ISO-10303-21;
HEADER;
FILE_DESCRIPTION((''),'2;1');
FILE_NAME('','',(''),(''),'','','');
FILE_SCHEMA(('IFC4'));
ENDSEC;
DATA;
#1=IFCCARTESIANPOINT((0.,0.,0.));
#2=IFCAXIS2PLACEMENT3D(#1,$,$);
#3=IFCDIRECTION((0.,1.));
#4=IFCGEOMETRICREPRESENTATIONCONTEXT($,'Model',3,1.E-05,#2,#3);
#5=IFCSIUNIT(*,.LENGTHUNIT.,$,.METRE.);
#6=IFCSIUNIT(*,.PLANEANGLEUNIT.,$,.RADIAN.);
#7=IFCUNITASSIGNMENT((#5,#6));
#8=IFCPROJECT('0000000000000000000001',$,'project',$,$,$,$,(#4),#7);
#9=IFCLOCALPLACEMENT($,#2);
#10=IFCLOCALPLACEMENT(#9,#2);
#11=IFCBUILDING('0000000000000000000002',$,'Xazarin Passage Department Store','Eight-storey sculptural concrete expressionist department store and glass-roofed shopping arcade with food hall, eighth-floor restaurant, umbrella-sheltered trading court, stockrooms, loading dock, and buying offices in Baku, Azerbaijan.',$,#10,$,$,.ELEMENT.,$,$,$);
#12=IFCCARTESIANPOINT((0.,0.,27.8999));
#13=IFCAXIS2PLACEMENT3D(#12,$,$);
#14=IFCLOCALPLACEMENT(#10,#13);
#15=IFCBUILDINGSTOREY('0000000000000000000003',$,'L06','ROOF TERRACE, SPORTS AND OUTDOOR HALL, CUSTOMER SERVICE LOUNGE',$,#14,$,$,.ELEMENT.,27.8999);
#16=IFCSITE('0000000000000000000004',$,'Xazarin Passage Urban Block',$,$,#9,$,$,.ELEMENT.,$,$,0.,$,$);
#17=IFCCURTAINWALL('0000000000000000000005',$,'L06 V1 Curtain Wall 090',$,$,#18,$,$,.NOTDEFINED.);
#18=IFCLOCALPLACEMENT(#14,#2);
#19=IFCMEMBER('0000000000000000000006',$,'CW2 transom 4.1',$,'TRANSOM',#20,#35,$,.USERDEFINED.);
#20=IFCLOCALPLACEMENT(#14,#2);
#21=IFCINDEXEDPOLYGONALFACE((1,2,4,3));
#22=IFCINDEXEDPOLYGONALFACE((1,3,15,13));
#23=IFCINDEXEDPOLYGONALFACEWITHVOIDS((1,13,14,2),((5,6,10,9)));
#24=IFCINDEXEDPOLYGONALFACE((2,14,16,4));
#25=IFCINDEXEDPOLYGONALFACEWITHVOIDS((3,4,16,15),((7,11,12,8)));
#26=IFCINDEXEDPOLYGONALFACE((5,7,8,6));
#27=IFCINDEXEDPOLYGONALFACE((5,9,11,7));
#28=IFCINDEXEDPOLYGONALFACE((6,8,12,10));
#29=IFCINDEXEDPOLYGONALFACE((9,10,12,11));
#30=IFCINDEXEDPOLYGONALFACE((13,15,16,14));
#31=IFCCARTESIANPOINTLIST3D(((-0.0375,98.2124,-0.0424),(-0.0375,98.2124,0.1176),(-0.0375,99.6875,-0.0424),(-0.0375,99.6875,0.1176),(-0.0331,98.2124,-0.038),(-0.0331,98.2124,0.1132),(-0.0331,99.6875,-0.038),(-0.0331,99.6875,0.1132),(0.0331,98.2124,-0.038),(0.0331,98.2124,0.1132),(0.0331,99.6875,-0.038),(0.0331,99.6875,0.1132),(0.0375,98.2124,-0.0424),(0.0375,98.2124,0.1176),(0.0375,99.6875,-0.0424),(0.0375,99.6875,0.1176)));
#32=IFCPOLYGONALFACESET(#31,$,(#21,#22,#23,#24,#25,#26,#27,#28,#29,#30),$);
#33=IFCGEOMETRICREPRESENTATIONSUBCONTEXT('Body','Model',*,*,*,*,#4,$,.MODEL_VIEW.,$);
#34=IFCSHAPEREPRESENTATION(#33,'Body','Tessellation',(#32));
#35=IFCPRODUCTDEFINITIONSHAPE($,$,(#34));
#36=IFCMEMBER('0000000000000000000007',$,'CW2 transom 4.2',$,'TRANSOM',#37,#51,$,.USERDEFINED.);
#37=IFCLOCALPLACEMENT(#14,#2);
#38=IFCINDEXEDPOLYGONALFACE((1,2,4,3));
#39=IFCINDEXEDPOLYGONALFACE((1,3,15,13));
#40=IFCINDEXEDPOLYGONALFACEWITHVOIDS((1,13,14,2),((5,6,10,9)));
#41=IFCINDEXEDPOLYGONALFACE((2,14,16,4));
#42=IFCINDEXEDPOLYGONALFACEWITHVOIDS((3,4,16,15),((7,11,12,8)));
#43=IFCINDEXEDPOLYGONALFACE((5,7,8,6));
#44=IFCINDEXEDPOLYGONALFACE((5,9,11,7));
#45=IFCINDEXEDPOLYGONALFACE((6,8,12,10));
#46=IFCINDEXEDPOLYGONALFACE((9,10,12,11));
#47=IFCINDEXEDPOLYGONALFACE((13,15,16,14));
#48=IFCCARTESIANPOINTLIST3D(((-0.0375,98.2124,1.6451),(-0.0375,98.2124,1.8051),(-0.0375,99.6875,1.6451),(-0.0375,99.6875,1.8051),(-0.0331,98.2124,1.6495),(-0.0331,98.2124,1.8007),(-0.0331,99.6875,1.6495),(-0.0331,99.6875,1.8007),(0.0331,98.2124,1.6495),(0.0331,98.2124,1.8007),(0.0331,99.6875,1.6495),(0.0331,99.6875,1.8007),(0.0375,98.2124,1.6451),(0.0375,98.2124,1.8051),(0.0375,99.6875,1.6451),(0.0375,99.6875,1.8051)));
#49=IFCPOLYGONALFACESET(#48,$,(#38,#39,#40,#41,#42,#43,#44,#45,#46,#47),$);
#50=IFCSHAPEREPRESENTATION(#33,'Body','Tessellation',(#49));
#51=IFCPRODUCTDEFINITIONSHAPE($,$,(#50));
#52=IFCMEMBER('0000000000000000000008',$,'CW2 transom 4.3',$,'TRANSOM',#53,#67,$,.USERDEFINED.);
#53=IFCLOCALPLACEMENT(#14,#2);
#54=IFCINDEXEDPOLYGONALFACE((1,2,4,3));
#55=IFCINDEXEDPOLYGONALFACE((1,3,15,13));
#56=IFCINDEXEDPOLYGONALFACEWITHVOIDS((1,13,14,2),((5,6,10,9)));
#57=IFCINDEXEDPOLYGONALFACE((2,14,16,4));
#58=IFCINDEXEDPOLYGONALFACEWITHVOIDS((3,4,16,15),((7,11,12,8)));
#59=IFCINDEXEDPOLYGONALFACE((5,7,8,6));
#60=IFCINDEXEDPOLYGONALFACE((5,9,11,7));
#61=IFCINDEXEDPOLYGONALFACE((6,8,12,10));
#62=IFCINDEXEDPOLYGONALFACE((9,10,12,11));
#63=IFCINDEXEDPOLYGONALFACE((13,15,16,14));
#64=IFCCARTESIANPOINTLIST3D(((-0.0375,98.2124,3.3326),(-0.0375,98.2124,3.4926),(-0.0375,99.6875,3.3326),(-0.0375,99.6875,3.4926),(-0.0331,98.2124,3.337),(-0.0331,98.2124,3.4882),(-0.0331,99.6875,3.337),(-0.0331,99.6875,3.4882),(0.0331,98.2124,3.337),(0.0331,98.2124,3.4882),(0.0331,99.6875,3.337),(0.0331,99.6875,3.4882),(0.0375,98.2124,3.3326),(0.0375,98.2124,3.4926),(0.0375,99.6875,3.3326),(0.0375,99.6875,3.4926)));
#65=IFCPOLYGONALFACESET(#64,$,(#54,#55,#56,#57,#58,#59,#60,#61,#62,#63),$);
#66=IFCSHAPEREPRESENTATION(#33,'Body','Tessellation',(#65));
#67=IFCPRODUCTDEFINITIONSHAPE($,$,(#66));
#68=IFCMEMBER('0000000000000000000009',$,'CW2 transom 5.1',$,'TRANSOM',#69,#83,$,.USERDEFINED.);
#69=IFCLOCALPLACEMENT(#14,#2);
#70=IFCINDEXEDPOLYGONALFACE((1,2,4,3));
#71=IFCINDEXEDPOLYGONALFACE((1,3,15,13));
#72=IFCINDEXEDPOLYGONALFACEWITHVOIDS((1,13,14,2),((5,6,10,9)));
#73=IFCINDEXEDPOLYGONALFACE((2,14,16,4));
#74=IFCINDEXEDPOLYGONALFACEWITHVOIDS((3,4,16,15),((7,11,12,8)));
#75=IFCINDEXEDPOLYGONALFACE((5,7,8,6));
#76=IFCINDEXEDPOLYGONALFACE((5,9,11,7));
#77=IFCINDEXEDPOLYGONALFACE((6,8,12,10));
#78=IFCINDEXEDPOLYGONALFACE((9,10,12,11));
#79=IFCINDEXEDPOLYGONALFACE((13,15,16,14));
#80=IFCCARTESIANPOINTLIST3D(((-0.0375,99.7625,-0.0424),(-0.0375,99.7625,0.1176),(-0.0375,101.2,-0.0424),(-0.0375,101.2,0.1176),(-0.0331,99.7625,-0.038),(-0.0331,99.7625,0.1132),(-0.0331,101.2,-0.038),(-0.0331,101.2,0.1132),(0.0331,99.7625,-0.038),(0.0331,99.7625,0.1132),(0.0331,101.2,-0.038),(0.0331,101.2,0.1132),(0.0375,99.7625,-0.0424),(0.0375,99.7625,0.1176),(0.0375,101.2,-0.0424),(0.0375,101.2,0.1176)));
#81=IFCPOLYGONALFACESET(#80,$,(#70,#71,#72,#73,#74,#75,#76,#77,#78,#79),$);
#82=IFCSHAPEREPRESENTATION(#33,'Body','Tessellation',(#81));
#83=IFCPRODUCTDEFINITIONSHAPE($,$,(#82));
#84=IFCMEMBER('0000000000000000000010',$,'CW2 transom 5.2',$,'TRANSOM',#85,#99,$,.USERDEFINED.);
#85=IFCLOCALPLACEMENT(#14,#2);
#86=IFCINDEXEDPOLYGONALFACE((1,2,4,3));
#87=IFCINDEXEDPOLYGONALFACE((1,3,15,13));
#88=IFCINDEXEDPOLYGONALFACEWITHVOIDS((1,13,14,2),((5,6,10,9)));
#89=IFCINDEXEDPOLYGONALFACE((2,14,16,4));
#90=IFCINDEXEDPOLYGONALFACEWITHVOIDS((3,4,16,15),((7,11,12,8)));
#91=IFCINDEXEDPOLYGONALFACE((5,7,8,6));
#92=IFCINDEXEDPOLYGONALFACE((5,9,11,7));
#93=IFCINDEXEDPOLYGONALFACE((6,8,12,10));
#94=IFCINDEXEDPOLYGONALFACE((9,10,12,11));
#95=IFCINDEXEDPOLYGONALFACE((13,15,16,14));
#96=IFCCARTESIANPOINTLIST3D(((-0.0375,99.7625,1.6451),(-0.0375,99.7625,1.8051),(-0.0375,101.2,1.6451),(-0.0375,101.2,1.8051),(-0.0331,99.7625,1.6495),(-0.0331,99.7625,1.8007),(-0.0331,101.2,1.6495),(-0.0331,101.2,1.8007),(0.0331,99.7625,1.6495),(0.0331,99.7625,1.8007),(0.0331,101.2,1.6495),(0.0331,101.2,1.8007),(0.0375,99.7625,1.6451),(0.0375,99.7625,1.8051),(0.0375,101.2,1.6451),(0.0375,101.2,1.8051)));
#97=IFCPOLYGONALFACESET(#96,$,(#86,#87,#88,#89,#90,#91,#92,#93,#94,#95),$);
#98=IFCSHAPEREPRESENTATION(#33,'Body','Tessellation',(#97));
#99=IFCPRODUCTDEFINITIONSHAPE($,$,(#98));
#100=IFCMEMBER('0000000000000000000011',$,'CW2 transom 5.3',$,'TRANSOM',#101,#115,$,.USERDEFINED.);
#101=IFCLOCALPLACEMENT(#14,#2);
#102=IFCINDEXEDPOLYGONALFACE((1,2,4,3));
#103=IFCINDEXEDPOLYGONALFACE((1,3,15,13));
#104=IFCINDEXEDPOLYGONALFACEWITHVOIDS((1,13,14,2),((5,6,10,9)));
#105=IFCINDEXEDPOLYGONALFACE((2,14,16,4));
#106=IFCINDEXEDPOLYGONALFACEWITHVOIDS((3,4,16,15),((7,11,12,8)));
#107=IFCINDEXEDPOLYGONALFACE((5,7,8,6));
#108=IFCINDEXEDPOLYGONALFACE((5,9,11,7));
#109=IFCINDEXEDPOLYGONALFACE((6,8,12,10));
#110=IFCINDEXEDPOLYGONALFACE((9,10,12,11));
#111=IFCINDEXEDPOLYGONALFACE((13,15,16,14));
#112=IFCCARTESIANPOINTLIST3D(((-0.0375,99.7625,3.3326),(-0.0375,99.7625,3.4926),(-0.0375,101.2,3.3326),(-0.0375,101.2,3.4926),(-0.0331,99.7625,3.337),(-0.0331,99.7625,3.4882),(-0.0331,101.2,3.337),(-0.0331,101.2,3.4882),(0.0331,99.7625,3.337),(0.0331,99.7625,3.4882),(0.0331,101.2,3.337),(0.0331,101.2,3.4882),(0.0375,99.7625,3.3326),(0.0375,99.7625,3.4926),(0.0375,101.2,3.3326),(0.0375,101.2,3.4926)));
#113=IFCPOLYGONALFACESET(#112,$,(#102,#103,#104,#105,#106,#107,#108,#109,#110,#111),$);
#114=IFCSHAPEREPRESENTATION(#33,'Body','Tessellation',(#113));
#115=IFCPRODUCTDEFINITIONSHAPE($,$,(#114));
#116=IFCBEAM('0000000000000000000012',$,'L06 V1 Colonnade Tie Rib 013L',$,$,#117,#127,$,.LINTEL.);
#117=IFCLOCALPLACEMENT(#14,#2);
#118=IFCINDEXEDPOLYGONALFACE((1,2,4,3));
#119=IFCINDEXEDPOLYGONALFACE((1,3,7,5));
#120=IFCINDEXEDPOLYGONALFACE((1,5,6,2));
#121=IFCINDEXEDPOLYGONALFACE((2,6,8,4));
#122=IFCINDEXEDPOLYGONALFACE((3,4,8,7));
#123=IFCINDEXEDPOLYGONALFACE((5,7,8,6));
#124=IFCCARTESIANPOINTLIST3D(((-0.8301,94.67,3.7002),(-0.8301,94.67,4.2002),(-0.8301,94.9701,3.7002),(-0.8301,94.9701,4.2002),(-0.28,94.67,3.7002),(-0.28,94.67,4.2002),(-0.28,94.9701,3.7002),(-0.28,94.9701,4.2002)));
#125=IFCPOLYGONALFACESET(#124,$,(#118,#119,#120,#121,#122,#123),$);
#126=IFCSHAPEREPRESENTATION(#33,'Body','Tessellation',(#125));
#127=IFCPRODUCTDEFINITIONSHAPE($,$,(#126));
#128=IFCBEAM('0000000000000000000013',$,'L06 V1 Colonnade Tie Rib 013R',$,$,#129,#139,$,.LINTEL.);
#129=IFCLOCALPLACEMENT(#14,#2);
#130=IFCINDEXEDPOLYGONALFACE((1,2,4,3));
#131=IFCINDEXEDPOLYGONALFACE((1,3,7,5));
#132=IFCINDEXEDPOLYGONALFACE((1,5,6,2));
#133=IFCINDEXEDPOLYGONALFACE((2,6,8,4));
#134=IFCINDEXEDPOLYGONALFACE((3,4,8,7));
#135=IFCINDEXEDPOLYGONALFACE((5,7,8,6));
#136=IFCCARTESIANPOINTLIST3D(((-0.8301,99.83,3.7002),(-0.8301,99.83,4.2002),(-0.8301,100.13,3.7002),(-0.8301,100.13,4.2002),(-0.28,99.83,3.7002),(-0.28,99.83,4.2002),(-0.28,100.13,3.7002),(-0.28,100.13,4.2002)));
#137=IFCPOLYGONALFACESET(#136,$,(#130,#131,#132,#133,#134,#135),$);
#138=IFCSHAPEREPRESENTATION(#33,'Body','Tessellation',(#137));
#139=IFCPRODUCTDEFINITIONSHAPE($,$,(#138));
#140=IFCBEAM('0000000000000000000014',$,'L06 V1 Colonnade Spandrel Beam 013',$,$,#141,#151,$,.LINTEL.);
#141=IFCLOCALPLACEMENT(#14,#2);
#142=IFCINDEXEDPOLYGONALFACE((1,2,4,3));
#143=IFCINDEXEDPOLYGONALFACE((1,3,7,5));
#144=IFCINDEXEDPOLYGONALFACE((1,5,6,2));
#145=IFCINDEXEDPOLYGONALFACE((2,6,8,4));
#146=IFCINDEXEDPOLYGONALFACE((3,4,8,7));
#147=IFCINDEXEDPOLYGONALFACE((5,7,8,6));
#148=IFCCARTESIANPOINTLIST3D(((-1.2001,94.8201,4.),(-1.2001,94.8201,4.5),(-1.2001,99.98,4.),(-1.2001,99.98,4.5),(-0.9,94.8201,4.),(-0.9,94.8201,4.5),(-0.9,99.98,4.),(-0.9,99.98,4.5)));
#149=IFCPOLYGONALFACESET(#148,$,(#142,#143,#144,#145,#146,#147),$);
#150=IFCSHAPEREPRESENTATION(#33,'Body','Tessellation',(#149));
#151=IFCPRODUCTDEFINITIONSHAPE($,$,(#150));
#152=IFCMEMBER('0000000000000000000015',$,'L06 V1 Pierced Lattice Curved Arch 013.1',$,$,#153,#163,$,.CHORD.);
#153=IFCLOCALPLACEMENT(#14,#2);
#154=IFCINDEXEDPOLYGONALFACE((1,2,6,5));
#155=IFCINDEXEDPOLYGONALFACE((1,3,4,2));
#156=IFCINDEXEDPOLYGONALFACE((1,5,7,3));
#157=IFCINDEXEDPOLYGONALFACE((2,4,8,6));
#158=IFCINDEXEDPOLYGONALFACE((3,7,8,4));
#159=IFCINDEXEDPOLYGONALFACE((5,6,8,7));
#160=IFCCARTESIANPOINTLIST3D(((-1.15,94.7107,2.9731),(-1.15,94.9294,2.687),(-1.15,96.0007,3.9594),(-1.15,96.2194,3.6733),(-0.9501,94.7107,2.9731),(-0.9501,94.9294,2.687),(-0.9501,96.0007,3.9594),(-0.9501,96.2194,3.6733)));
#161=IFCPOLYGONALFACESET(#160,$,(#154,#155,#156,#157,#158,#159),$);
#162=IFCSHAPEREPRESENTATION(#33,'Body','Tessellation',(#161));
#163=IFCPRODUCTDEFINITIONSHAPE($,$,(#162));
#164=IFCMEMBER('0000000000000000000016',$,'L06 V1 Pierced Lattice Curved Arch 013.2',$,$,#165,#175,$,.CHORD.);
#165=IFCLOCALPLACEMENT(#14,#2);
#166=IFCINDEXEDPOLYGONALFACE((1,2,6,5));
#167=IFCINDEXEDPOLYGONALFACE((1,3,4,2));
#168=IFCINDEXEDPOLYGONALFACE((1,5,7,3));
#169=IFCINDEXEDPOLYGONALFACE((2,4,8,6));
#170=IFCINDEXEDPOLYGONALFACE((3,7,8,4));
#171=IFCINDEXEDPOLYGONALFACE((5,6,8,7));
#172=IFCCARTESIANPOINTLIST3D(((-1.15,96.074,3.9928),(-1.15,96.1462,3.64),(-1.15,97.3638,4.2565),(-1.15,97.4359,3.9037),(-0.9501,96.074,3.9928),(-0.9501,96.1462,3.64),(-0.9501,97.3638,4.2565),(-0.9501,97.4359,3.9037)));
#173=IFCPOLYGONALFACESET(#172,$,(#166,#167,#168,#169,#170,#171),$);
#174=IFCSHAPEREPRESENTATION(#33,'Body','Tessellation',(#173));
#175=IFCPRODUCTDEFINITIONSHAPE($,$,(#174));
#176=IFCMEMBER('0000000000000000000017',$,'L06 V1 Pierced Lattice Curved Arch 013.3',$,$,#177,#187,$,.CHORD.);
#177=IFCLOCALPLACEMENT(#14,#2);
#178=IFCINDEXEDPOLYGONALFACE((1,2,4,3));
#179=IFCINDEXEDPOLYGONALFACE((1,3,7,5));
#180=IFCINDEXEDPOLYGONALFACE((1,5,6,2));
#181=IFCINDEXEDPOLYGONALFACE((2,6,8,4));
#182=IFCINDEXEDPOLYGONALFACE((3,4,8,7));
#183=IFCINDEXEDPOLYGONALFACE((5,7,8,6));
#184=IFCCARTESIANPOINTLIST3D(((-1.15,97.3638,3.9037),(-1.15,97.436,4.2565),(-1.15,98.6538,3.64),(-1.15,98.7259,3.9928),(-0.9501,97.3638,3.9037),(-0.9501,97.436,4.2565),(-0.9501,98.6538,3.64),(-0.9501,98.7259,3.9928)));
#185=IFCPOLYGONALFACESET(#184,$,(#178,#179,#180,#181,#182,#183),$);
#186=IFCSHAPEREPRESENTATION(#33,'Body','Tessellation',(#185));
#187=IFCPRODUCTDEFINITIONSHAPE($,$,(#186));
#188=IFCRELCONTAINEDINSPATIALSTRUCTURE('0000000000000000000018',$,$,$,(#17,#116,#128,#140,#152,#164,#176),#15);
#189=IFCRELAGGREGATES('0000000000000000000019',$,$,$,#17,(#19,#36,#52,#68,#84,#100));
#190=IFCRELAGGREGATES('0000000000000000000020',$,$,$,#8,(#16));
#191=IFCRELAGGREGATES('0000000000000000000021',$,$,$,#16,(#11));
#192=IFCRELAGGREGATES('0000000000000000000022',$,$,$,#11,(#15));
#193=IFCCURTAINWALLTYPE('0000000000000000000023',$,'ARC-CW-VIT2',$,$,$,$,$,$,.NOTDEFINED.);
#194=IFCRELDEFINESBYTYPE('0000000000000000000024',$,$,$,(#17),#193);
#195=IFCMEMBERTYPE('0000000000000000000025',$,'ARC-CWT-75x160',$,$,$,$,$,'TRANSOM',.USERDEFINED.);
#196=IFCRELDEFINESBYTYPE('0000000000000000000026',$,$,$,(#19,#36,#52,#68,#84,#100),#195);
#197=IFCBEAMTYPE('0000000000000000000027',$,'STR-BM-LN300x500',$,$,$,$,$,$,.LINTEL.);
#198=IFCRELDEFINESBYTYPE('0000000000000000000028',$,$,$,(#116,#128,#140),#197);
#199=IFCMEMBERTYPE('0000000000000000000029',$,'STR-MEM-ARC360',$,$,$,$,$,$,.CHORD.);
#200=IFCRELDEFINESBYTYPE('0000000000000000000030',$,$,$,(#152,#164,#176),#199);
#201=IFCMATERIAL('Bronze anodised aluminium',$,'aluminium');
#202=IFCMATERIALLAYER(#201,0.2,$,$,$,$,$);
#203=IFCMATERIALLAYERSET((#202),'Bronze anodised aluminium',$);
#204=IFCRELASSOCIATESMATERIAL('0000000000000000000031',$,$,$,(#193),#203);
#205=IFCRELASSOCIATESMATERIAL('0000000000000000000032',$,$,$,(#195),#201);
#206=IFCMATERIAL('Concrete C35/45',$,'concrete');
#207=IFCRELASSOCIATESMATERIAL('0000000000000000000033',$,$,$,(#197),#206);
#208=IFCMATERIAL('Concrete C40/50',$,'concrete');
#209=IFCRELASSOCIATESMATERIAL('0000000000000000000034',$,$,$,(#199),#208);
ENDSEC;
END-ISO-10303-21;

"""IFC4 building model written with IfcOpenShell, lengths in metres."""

from ifc_helpers import new_model, si_unit, direction, frame, origin, origin_2d, place, context, subcontext, project, spatial, rectangle, hollow_rectangle, extrude, material, layer, layer_set, material_profile, profile_set, type_object, element, aggregate, save


model = new_model("IFC4")

# Units and contexts
model_context = context("Model", 3, precision=1e-05, world=origin(), true_north=direction((0.0, 1.0)))
body_context = subcontext(model_context, "Body", "Model", "MODEL_VIEW")
ifc_project = project(units=[si_unit("LENGTHUNIT", "METRE"), si_unit("PLANEANGLEUNIT", "RADIAN")], contexts=[model_context])

# Site, building, storey
site_placement = place(None, origin())
site = spatial("IfcSite", under=ifc_project, at=site_placement, Name="Xazarin Passage Urban Block", CompositionType="ELEMENT", RefElevation=0.0)
building_placement = place(site_placement, origin())
building = spatial("IfcBuilding", under=site, at=building_placement, Name="Xazarin Passage Department Store", Description="Eight-storey sculptural concrete expressionist department store and glass-roofed shopping arcade with food hall, eighth-floor restaurant, umbrella-sheltered trading court, stockrooms, loading dock, and buying offices in Baku, Azerbaijan.", CompositionType="ELEMENT")
storey_placement = place(building_placement, frame((0.0, 0.0, 27.8999)))
storey = spatial("IfcBuildingStorey", under=building, at=storey_placement, Name="L06", Description="ROOF TERRACE, SPORTS AND OUTDOOR HALL, CUSTOMER SERVICE LOUNGE", CompositionType="ELEMENT", Elevation=27.8999)

# Shared definitions
ifc_material_1 = material(Name="Concrete C40/50", Category="concrete")

# Curtain wall, members
ifc_material_2 = material(Name="Bronze anodised aluminium", Category="aluminium")
ifc_layer_1 = layer(ifc_material_2, 0.2)
ifc_layer_set_1 = layer_set([ifc_layer_1], Name="Bronze anodised aluminium")
curtain_wall_type = type_object("IfcCurtainWallType", Name="ARC-CW-VIT2", PredefinedType="NOTDEFINED", material=ifc_layer_set_1)
curtain_wall_placement = place(storey_placement, origin())
curtain_wall = element("IfcCurtainWall", 1, at=curtain_wall_placement, inside=storey, type_object=curtain_wall_type, Name="L06 V1 Curtain Wall 090", PredefinedType="NOTDEFINED")
ifc_material_profile_1 = material_profile(ifc_material_2, hollow_rectangle(XDim=0.075, YDim=0.1599, WallThickness=0.0044, at=origin_2d()), Name="ALU 75x160")
ifc_profile_set_1 = profile_set([ifc_material_profile_1], Name="Bronze anodised aluminium")
member_type_1 = type_object("IfcMemberType", Name="ARC-CWT-75x160", ElementType="TRANSOM", PredefinedType="USERDEFINED", material=ifc_profile_set_1)
member_1_placement = place(storey_placement, frame((0.0, 98.2124, 0.0376), z_axis=(0.0, 1.0, 0.0), x_axis=(-1.0, 0.0, 0.0)))
member_1 = element("IfcMember", 2, at=member_1_placement, type_object=member_type_1, Name="CW2 transom 4.1", ObjectType="TRANSOM", PredefinedType="USERDEFINED", context=body_context, shape_type="SweptSolid", body=[
    extrude(hollow_rectangle(XDim=0.075, YDim=0.1599, WallThickness=0.0044, at=origin_2d()), origin(), (0.0, 0.0, 1.0), 1.4751),
])
member_2_placement = place(storey_placement, frame((0.0, 98.2124, 1.7251), z_axis=(0.0, 1.0, 0.0), x_axis=(-1.0, 0.0, 0.0)))
member_2 = element("IfcMember", 3, at=member_2_placement, type_object=member_type_1, Name="CW2 transom 4.2", ObjectType="TRANSOM", PredefinedType="USERDEFINED", context=body_context, shape_type="SweptSolid", body=[
    extrude(hollow_rectangle(XDim=0.075, YDim=0.1599, WallThickness=0.0044, at=origin_2d()), origin(), (0.0, 0.0, 1.0), 1.4751),
])
member_3_placement = place(storey_placement, frame((0.0, 98.2124, 3.4126), z_axis=(0.0, 1.0, 0.0), x_axis=(-1.0, 0.0, 0.0)))
member_3 = element("IfcMember", 4, at=member_3_placement, type_object=member_type_1, Name="CW2 transom 4.3", ObjectType="TRANSOM", PredefinedType="USERDEFINED", context=body_context, shape_type="SweptSolid", body=[
    extrude(hollow_rectangle(XDim=0.075, YDim=0.1599, WallThickness=0.0044, at=origin_2d()), origin(), (0.0, 0.0, 1.0), 1.4751),
])
member_4_placement = place(storey_placement, frame((0.0, 99.7625, 0.0376), z_axis=(0.0, 1.0, 0.0), x_axis=(-1.0, 0.0, 0.0)))
member_4 = element("IfcMember", 5, at=member_4_placement, type_object=member_type_1, Name="CW2 transom 5.1", ObjectType="TRANSOM", PredefinedType="USERDEFINED", context=body_context, shape_type="SweptSolid", body=[
    extrude(hollow_rectangle(XDim=0.075, YDim=0.1599, WallThickness=0.0044, at=origin_2d()), origin(), (0.0, 0.0, 1.0), 1.4375),
])
member_5_placement = place(storey_placement, frame((0.0, 99.7625, 1.7251), z_axis=(0.0, 1.0, 0.0), x_axis=(-1.0, 0.0, 0.0)))
member_5 = element("IfcMember", 6, at=member_5_placement, type_object=member_type_1, Name="CW2 transom 5.2", ObjectType="TRANSOM", PredefinedType="USERDEFINED", context=body_context, shape_type="SweptSolid", body=[
    extrude(hollow_rectangle(XDim=0.075, YDim=0.1599, WallThickness=0.0044, at=origin_2d()), origin(), (0.0, 0.0, 1.0), 1.4375),
])
member_6_placement = place(storey_placement, frame((0.0, 99.7625, 3.4126), z_axis=(0.0, 1.0, 0.0), x_axis=(-1.0, 0.0, 0.0)))
member_6 = element("IfcMember", 7, at=member_6_placement, type_object=member_type_1, Name="CW2 transom 5.3", ObjectType="TRANSOM", PredefinedType="USERDEFINED", context=body_context, shape_type="SweptSolid", body=[
    extrude(hollow_rectangle(XDim=0.075, YDim=0.1599, WallThickness=0.0044, at=origin_2d()), origin(), (0.0, 0.0, 1.0), 1.4375),
])

# Beams
ifc_material_3 = material(Name="Concrete C35/45", Category="concrete")
ifc_material_profile_2 = material_profile(ifc_material_3, rectangle(XDim=0.3, YDim=0.5, at=origin_2d()), Name="RC 300x500")
ifc_profile_set_2 = profile_set([ifc_material_profile_2], Name="Concrete C35/45")
beam_type = type_object("IfcBeamType", Name="STR-BM-LN300x500", PredefinedType="LINTEL", material=ifc_profile_set_2)
for number, where, z_axis, x_axis, name in (
    (8, (-0.28, 94.8201, 3.9502), (-1.0, 0.0, 0.0), (0.0, -1.0, 0.0), "L06 V1 Colonnade Tie Rib 013L"),
    (9, (-0.28, 99.98, 3.9502), (-1.0, 0.0, 0.0), (0.0, -1.0, 0.0), "L06 V1 Colonnade Tie Rib 013R"),
):
    element("IfcBeam", number, at=place(storey_placement, frame(where, z_axis=z_axis, x_axis=x_axis)), inside=storey, type_object=beam_type, Name=name, PredefinedType="LINTEL", context=body_context, shape_type="SweptSolid", body=[
        extrude(rectangle(XDim=0.3, YDim=0.5, at=origin_2d()), origin(), (0.0, 0.0, 1.0), 0.55),
    ])
beam_placement = place(storey_placement, frame((-1.05, 94.8201, 4.25), z_axis=(0.0, 1.0, 0.0), x_axis=(-1.0, 0.0, 0.0)))
element("IfcBeam", 10, at=beam_placement, inside=storey, type_object=beam_type, Name="L06 V1 Colonnade Spandrel Beam 013", PredefinedType="LINTEL", context=body_context, shape_type="SweptSolid", body=[
    extrude(rectangle(XDim=0.3, YDim=0.5, at=origin_2d()), origin(), (0.0, 0.0, 1.0), 5.1599),
])

# Members
ifc_material_profile_3 = material_profile(ifc_material_1, rectangle(XDim=0.2, YDim=0.3601, at=origin_2d()), Name="RC 200x360")
ifc_profile_set_3 = profile_set([ifc_material_profile_3], Name="Concrete C40/50")
member_type_2 = type_object("IfcMemberType", Name="STR-MEM-ARC360", PredefinedType="CHORD", material=ifc_profile_set_3)
member_7_placement = place(storey_placement, frame((-1.05, 94.8201, 2.8301), z_axis=(0.0, 0.794409, 0.607383), x_axis=(-1.0, 0.0, 0.0)))
element("IfcMember", 11, at=member_7_placement, inside=storey, type_object=member_type_2, Name="L06 V1 Pierced Lattice Curved Arch 013.1", PredefinedType="CHORD", context=body_context, shape_type="SweptSolid", body=[
    extrude(rectangle(XDim=0.2, YDim=0.3601, at=origin_2d()), origin(), (0.0, 0.0, 1.0), 1.6238),
])
member_8_placement = place(storey_placement, frame((-1.05, 96.1101, 3.8164), z_axis=(0.0, 0.979737, 0.200287), x_axis=(-1.0, 0.0, 0.0)))
element("IfcMember", 12, at=member_8_placement, inside=storey, type_object=member_type_2, Name="L06 V1 Pierced Lattice Curved Arch 013.2", PredefinedType="CHORD", context=body_context, shape_type="SweptSolid", body=[
    extrude(rectangle(XDim=0.2, YDim=0.3601, at=origin_2d()), origin(), (0.0, 0.0, 1.0), 1.3164),
])
member_9_placement = place(storey_placement, frame((-1.05, 97.3999, 4.0801), z_axis=(0.0, 0.979745, -0.200251), x_axis=(-1.0, 0.0, 0.0)))
element("IfcMember", 13, at=member_9_placement, inside=storey, type_object=member_type_2, Name="L06 V1 Pierced Lattice Curved Arch 013.3", PredefinedType="CHORD", context=body_context, shape_type="SweptSolid", body=[
    extrude(rectangle(XDim=0.2, YDim=0.3601, at=origin_2d()), origin(), (0.0, 0.0, 1.0), 1.3167),
])

aggregate(curtain_wall, [member_1, member_2, member_3, member_4, member_5, member_6])

save(model, "model.ifc")
